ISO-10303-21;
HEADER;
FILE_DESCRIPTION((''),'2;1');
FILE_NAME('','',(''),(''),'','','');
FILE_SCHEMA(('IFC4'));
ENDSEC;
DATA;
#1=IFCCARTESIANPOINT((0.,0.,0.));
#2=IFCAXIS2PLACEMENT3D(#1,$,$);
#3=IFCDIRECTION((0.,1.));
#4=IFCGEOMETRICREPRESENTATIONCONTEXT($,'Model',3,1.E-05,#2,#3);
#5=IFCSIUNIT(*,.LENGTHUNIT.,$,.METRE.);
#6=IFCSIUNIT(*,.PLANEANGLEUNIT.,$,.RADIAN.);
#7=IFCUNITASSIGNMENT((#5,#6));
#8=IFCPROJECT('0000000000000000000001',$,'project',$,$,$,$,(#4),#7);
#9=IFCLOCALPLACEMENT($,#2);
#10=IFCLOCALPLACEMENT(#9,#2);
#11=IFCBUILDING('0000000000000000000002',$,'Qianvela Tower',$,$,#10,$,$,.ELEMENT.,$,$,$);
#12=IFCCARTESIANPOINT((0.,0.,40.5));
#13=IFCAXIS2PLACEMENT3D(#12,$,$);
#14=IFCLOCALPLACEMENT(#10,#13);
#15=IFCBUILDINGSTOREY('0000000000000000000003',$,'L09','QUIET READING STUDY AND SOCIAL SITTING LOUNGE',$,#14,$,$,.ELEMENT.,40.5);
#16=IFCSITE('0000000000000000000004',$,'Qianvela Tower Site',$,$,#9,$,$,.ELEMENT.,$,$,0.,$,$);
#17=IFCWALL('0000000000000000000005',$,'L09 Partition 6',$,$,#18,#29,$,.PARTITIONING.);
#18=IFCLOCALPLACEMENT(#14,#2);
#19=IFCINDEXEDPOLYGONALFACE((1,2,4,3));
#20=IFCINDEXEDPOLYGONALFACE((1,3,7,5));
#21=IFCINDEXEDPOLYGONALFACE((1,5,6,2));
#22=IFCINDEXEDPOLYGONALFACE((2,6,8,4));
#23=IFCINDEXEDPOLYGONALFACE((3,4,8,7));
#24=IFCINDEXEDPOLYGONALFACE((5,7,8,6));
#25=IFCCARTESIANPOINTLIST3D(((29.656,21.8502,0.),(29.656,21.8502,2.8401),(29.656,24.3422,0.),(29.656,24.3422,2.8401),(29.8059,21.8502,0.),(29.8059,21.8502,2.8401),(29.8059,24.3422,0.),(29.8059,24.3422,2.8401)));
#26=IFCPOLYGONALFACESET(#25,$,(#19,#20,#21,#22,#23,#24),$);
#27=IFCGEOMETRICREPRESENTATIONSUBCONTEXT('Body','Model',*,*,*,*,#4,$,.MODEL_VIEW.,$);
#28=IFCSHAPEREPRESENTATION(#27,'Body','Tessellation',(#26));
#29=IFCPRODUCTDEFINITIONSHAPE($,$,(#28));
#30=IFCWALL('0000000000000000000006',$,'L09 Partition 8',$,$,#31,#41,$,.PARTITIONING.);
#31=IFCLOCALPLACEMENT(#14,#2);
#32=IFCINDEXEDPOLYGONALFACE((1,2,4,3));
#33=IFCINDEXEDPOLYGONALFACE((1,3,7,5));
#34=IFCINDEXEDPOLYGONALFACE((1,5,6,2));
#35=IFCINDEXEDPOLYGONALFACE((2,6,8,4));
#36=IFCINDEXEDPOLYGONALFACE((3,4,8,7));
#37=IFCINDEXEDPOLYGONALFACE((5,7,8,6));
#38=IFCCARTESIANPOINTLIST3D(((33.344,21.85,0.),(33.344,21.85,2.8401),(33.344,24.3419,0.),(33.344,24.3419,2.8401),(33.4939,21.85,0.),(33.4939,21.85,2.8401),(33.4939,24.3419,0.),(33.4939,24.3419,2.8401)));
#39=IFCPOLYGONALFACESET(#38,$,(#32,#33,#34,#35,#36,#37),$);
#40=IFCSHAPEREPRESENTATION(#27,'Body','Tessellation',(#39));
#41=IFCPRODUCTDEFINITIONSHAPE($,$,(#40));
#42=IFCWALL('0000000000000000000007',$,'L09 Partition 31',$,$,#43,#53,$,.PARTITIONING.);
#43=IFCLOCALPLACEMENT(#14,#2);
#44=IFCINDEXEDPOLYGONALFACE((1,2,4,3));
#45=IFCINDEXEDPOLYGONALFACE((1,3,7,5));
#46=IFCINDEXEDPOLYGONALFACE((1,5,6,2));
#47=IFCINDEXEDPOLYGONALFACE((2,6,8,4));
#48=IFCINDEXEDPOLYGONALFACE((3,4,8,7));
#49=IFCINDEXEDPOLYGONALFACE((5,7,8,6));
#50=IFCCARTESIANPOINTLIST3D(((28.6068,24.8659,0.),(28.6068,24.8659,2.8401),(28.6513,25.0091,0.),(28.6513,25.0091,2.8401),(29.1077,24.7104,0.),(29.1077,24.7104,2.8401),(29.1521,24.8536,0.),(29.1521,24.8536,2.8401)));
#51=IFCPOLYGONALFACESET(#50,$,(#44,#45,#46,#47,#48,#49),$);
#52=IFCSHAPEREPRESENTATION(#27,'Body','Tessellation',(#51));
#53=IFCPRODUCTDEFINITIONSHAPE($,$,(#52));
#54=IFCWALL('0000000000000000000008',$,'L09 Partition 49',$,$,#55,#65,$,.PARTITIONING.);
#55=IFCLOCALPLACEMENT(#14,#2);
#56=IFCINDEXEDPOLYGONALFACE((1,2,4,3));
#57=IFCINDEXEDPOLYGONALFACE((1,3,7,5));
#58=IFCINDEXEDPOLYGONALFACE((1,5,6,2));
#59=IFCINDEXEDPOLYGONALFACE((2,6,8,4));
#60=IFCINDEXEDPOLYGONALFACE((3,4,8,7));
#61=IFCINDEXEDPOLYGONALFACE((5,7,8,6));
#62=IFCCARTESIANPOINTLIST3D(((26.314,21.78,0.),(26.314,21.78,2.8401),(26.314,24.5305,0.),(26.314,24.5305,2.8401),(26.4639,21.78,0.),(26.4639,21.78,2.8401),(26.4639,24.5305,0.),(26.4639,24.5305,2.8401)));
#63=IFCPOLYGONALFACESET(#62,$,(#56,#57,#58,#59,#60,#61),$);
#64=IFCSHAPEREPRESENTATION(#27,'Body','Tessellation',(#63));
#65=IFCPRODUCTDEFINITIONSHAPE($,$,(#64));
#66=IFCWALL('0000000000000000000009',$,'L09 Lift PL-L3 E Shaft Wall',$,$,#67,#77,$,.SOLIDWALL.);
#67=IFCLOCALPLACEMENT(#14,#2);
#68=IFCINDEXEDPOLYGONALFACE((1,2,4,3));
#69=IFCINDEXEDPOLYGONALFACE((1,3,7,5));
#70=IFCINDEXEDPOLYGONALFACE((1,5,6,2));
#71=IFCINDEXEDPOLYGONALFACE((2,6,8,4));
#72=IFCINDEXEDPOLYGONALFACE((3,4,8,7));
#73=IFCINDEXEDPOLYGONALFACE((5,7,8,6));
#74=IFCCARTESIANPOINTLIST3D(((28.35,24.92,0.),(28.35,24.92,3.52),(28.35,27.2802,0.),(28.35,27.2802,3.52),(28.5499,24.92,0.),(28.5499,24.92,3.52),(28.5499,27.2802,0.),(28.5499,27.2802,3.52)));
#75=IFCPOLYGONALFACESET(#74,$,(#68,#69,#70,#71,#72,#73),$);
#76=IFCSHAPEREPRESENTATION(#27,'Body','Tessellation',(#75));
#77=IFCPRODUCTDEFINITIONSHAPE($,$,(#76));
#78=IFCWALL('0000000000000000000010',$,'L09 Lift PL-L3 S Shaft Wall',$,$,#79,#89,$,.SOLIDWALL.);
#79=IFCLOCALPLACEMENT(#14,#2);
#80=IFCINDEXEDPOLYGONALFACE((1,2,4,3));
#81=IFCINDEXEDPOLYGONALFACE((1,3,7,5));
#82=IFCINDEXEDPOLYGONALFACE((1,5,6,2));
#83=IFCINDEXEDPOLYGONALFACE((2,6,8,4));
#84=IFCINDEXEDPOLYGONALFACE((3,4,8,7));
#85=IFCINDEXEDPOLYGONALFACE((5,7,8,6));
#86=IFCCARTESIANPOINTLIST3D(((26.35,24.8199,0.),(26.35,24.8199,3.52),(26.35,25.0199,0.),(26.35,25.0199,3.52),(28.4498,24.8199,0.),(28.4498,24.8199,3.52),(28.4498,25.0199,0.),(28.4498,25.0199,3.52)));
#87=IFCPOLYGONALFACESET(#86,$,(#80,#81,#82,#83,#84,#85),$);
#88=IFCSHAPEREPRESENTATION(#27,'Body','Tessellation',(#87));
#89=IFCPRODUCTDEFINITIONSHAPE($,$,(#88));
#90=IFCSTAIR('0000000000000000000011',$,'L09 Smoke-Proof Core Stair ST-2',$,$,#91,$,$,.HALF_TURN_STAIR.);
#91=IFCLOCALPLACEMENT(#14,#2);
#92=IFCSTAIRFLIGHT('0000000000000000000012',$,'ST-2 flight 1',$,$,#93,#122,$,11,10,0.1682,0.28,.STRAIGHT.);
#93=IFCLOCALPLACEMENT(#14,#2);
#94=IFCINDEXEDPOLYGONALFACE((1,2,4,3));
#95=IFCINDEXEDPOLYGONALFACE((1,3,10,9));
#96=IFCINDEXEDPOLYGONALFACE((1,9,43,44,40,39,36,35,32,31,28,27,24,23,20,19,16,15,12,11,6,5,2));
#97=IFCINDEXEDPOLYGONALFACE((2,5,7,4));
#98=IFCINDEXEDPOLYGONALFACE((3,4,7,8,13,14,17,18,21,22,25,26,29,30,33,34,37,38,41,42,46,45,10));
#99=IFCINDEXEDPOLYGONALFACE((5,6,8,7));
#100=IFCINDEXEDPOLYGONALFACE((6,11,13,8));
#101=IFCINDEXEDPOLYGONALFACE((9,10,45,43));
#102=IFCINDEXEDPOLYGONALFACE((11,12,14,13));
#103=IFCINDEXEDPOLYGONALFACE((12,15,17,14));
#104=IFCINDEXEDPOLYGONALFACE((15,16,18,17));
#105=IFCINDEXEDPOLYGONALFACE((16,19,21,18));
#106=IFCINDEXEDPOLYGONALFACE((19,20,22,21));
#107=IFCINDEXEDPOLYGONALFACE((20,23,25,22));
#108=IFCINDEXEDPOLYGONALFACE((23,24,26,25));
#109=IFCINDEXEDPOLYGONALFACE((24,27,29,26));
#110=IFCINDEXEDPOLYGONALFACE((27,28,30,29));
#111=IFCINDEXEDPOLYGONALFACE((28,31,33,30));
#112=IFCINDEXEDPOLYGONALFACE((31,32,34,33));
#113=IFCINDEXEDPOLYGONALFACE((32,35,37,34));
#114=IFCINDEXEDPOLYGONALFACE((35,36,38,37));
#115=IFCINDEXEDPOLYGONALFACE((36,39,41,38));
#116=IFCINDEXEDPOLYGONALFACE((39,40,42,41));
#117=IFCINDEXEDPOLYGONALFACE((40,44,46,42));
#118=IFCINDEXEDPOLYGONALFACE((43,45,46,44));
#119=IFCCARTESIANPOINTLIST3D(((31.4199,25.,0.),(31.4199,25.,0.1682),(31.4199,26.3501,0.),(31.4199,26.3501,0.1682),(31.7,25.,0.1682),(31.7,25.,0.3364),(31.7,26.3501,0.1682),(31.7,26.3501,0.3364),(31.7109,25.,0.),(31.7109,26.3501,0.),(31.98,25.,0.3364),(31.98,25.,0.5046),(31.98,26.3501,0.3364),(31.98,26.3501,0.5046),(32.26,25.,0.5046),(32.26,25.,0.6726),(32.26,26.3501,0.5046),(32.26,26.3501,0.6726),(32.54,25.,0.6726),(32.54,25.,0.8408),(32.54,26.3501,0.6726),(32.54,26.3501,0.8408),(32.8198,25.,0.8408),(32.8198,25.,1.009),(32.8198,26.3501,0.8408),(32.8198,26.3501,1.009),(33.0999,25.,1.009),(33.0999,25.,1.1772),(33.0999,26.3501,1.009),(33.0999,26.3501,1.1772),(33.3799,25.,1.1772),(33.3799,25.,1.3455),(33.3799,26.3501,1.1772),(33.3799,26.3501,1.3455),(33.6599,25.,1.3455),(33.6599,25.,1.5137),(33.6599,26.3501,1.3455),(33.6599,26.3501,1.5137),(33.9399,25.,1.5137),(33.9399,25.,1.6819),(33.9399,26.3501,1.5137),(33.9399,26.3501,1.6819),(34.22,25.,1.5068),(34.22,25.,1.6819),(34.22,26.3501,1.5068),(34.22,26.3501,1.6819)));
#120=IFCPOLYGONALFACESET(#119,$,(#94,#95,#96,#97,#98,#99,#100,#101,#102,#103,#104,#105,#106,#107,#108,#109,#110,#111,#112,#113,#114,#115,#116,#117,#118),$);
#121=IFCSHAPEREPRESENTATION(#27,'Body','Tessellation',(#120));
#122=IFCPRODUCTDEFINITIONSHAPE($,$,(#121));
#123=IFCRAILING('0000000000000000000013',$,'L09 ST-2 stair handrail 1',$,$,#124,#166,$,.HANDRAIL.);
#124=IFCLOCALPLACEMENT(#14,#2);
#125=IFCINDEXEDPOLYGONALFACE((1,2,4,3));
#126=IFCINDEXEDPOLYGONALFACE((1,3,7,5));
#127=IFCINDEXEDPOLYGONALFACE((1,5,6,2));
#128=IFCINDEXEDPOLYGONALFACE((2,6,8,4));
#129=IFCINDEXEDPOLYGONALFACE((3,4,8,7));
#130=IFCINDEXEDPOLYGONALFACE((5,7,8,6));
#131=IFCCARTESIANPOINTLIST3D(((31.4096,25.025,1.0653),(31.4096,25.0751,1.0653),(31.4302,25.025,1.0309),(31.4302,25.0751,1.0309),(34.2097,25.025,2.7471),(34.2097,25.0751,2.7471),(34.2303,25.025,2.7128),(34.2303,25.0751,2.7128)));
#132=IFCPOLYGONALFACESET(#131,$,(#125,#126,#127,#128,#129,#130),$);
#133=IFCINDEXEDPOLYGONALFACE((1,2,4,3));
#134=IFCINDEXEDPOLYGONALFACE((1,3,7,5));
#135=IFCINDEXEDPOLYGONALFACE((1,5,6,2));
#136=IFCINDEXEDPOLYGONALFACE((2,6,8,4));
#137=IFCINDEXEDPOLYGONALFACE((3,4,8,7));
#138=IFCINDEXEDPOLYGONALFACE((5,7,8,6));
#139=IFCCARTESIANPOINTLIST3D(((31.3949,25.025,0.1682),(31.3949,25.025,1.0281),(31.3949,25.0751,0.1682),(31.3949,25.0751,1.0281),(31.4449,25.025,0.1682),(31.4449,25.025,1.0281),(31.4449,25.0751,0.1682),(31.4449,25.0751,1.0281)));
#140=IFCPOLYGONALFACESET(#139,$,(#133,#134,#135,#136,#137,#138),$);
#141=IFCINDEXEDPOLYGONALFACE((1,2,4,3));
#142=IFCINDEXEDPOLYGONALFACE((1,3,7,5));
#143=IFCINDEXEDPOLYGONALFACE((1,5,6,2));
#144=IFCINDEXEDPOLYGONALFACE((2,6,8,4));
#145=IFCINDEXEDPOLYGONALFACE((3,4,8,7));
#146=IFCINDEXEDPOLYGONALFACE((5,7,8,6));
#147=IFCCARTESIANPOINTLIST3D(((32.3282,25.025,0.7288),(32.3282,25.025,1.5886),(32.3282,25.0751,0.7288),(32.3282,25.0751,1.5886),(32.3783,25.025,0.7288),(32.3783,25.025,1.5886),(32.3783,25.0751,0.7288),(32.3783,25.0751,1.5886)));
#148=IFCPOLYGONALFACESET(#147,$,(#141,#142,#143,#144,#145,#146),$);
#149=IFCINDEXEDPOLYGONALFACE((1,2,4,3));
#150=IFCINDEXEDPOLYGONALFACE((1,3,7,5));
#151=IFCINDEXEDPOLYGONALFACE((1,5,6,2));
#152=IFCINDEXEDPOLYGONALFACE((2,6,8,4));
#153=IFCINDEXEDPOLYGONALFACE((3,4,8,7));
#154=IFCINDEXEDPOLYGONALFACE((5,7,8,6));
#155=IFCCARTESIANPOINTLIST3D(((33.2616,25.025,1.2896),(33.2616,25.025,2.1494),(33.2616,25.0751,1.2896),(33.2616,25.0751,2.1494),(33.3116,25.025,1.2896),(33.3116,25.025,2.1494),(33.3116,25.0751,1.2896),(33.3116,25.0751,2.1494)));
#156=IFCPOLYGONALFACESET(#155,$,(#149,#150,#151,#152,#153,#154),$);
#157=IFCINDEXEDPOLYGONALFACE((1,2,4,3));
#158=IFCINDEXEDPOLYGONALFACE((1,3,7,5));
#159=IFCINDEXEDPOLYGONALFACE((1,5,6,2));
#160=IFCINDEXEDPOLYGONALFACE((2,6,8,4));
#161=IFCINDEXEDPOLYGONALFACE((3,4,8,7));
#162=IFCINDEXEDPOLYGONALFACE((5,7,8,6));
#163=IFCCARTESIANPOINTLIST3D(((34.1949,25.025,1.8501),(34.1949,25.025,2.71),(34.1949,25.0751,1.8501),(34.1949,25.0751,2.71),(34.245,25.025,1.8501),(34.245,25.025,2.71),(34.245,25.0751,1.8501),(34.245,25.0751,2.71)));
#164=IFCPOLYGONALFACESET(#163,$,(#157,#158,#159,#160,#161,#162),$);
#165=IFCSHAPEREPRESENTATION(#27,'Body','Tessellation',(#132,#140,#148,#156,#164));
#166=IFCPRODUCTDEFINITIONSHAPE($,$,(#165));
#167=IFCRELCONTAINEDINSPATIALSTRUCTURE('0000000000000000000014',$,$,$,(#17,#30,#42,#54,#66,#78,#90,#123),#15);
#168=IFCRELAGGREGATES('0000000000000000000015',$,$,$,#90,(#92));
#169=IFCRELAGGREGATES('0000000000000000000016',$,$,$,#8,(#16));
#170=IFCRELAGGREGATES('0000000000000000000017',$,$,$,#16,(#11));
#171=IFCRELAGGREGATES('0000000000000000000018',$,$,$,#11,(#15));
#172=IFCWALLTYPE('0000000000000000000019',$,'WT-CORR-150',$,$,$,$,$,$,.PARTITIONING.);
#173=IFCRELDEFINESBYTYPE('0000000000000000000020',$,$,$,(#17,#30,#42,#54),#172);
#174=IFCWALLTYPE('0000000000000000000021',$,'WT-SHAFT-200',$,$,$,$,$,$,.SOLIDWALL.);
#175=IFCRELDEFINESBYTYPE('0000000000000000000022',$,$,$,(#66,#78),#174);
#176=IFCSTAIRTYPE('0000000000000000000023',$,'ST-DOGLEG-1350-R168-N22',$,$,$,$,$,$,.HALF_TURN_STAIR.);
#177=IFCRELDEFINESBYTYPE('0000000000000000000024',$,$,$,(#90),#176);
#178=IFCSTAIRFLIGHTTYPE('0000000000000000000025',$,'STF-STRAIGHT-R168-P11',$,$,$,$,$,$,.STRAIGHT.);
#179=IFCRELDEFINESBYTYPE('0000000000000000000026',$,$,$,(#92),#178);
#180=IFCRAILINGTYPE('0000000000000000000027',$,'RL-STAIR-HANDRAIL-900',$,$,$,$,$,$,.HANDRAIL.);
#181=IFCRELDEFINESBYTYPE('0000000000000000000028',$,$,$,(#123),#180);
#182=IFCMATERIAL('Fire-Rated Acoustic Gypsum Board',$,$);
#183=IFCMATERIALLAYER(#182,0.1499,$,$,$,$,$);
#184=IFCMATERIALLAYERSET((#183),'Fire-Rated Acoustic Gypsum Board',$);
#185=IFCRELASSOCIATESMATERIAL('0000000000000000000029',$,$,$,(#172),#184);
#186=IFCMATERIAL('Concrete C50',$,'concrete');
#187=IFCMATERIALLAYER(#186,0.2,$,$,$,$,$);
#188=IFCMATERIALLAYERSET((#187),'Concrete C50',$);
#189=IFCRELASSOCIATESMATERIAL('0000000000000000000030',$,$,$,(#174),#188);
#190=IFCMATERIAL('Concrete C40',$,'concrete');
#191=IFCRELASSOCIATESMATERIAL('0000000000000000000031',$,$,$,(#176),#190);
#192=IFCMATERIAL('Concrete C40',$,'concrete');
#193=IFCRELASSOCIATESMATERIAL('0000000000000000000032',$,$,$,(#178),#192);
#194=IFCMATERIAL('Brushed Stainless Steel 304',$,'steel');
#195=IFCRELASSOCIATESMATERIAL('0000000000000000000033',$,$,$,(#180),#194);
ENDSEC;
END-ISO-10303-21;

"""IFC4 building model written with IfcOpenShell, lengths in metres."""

from ifc_helpers import new_model, si_unit, direction, frame, frame_2d, origin, origin_2d, place, context, subcontext, project, spatial, polyline, rectangle, outline, extrude, material, layer, layer_set, type_object, element, aggregate, save


model = new_model("IFC4")

# Units and contexts
model_context = context("Model", 3, precision=1e-05, world=origin(), true_north=direction((0.0, 1.0)))
body_context = subcontext(model_context, "Body", "Model", "MODEL_VIEW")
ifc_project = project(units=[si_unit("LENGTHUNIT", "METRE"), si_unit("PLANEANGLEUNIT", "RADIAN")], contexts=[model_context])

# Site, building, storey
site_placement = place(None, origin())
site = spatial("IfcSite", under=ifc_project, at=site_placement, Name="Qianvela Tower Site", CompositionType="ELEMENT", RefElevation=0.0)
building_placement = place(site_placement, origin())
building = spatial("IfcBuilding", under=site, at=building_placement, Name="Qianvela Tower", CompositionType="ELEMENT")
storey_placement = place(building_placement, frame((0.0, 0.0, 40.5)))
storey = spatial("IfcBuildingStorey", under=building, at=storey_placement, Name="L09", Description="QUIET READING STUDY AND SOCIAL SITTING LOUNGE", CompositionType="ELEMENT", Elevation=40.5)

# Shared definitions
ifc_material_1 = material(Name="Fire-Rated Acoustic Gypsum Board")
ifc_layer_1 = layer(ifc_material_1, 0.1499)
ifc_layer_set_1 = layer_set([ifc_layer_1], Name="Fire-Rated Acoustic Gypsum Board")
wall_type_1 = type_object("IfcWallType", Name="WT-CORR-150", PredefinedType="PARTITIONING", material=ifc_layer_set_1)

# Walls
for number, where, z_axis, x_axis, name in (
    (1, (29.731, 21.8501, 0.0), (0.0, 0.0, 1.0), (0.0, 1.0, 0.0), "L09 Partition 6"),
    (2, (33.4189, 24.342, 0.0), (0.0, 0.0, 1.0), (0.0, -1.0, 0.0), "L09 Partition 8"),
):
    element("IfcWall", number, at=place(storey_placement, frame(where, z_axis=z_axis, x_axis=x_axis)), inside=storey, type_object=wall_type_1, Name=name, PredefinedType="PARTITIONING", context=body_context, shape_type="SweptSolid", body=[
        extrude(rectangle(XDim=2.4919, YDim=0.1499, at=frame_2d((1.2461, 0.0))), origin(), (0.0, 0.0, 1.0), 2.8401),
    ])
wall_1_placement = place(storey_placement, frame((29.1299, 24.782, 0.0), z_axis=(0.0, 0.0, 1.0), x_axis=(-0.955, 0.296604, 0.0)))
element("IfcWall", 3, at=wall_1_placement, inside=storey, type_object=wall_type_1, Name="L09 Partition 31", PredefinedType="PARTITIONING", context=body_context, shape_type="SweptSolid", body=[
    extrude(rectangle(XDim=0.5244, YDim=0.1499, at=frame_2d((0.2622, 0.0))), origin(), (0.0, 0.0, 1.0), 2.8401),
])
wall_2_placement = place(storey_placement, frame((26.3889, 24.5305, 0.0), z_axis=(0.0, 0.0, 1.0), x_axis=(0.0, -1.0, 0.0)))
element("IfcWall", 4, at=wall_2_placement, inside=storey, type_object=wall_type_1, Name="L09 Partition 49", PredefinedType="PARTITIONING", context=body_context, shape_type="SweptSolid", body=[
    extrude(rectangle(XDim=2.7505, YDim=0.1499, at=frame_2d((1.3752, 0.0))), origin(), (0.0, 0.0, 1.0), 2.8401),
])
ifc_material_2 = material(Name="Concrete C50", Category="concrete")
ifc_layer_2 = layer(ifc_material_2, 0.2)
ifc_layer_set_2 = layer_set([ifc_layer_2], Name="Concrete C50")
wall_type_2 = type_object("IfcWallType", Name="WT-SHAFT-200", PredefinedType="SOLIDWALL", material=ifc_layer_set_2)
wall_3_placement = place(storey_placement, frame((28.45, 24.9199, 0.0), z_axis=(0.0, 0.0, 1.0), x_axis=(0.0, 1.0, 0.0)))
element("IfcWall", 5, at=wall_3_placement, inside=storey, type_object=wall_type_2, Name="L09 Lift PL-L3 E Shaft Wall", PredefinedType="SOLIDWALL", context=body_context, shape_type="SweptSolid", body=[
    extrude(rectangle(XDim=2.3601, YDim=0.2, at=frame_2d((1.1802, 0.0))), origin(), (0.0, 0.0, 1.0), 3.52),
])

# Wall
wall_4_placement = place(storey_placement, frame((26.3501, 24.9199, 0.0), z_axis=(0.0, 0.0, 1.0), x_axis=(1.0, 0.0, 0.0)))
element("IfcWall", 6, at=wall_4_placement, inside=storey, type_object=wall_type_2, Name="L09 Lift PL-L3 S Shaft Wall", PredefinedType="SOLIDWALL", context=body_context, shape_type="SweptSolid", body=[
    extrude(rectangle(XDim=2.0999, YDim=0.2, at=frame_2d((1.0498, 0.0))), origin(), (0.0, 0.0, 1.0), 3.52),
])

# Stair, stair flight
ifc_material_3 = material(Name="Concrete C40", Category="concrete")
stair_type = type_object("IfcStairType", Name="ST-DOGLEG-1350-R168-N22", PredefinedType="HALF_TURN_STAIR", material=ifc_material_3)
stair_placement = place(storey_placement, origin())
stair = element("IfcStair", 7, at=stair_placement, inside=storey, type_object=stair_type, Name="L09 Smoke-Proof Core Stair ST-2", PredefinedType="HALF_TURN_STAIR")
ifc_material_4 = material(Name="Concrete C40", Category="concrete")
stair_flight_type = type_object("IfcStairFlightType", Name="STF-STRAIGHT-R168-P11", PredefinedType="STRAIGHT", material=ifc_material_4)
stair_flight_placement = place(storey_placement, frame((31.4199, 25.675, 0.0), z_axis=(0.0, 0.0, 1.0), x_axis=(1.0, 0.0, 0.0)))
stair_flight = element("IfcStairFlight", 8, at=stair_flight_placement, type_object=stair_flight_type, Name="ST-2 flight 1", NumberOfRisers=11, NumberOfTreads=10, PredefinedType="STRAIGHT", RiserHeight=0.1682, TreadLength=0.28, context=body_context, shape_type="SweptSolid", body=[
    extrude(outline(polyline([(0.0, 0.0), (0.0, 0.1682), (0.28, 0.1682), (0.28, 0.3364), (0.5601, 0.3364), (0.5601, 0.5046), (0.8401, 0.5046), (0.8401, 0.6726), (1.1201, 0.6726), (1.1201, 0.8408), (1.3999, 0.8408), (1.3999, 1.009), (1.6799, 1.009), (1.6799, 1.1772), (1.96, 1.1772), (1.96, 1.3455), (2.24, 1.3455), (2.24, 1.5137), (2.52, 1.5137), (2.52, 1.6819), (2.8, 1.6819), (2.8, 1.8501), (2.8, 1.5068), (0.291, 0.0), (0.0, 0.0)])), frame((0.0, 0.675, 0.0), z_axis=(0.0, -1.0, 0.0), x_axis=(1.0, 0.0, 0.0)), (0.0, 0.0, 1.0), 1.3501),
])
aggregate(stair, [stair_flight])

# Railing
ifc_material_5 = material(Name="Brushed Stainless Steel 304", Category="steel")
railing_type = type_object("IfcRailingType", Name="RL-STAIR-HANDRAIL-900", PredefinedType="HANDRAIL", material=ifc_material_5)
railing_placement = place(storey_placement, frame((31.4199, 25.05, 0.1682)))
element("IfcRailing", 9, at=railing_placement, inside=storey, type_object=railing_type, Name="L09 ST-2 stair handrail 1", PredefinedType="HANDRAIL", context=body_context, shape_type="SweptSolid", body=[
    extrude(rectangle(XDim=0.05, YDim=0.04, at=origin_2d()), frame((0.0, 0.0, 0.8799), z_axis=(0.857242, 0.0, 0.514913), x_axis=(0.0, 1.0, 0.0)), (0.0, 0.0, 1.0), 3.2664),
    extrude(rectangle(XDim=0.05, YDim=0.05, at=origin_2d()), origin(), (0.0, 0.0, 1.0), 0.8599),
    extrude(rectangle(XDim=0.05, YDim=0.05, at=origin_2d()), frame((0.9333, 0.0, 0.5605)), (0.0, 0.0, 1.0), 0.8599),
    extrude(rectangle(XDim=0.05, YDim=0.05, at=origin_2d()), frame((1.8667, 0.0, 1.1213)), (0.0, 0.0, 1.0), 0.8599),
    extrude(rectangle(XDim=0.05, YDim=0.05, at=origin_2d()), frame((2.8, 0.0, 1.6819)), (0.0, 0.0, 1.0), 0.8599),
])

save(model, "model.ifc")
